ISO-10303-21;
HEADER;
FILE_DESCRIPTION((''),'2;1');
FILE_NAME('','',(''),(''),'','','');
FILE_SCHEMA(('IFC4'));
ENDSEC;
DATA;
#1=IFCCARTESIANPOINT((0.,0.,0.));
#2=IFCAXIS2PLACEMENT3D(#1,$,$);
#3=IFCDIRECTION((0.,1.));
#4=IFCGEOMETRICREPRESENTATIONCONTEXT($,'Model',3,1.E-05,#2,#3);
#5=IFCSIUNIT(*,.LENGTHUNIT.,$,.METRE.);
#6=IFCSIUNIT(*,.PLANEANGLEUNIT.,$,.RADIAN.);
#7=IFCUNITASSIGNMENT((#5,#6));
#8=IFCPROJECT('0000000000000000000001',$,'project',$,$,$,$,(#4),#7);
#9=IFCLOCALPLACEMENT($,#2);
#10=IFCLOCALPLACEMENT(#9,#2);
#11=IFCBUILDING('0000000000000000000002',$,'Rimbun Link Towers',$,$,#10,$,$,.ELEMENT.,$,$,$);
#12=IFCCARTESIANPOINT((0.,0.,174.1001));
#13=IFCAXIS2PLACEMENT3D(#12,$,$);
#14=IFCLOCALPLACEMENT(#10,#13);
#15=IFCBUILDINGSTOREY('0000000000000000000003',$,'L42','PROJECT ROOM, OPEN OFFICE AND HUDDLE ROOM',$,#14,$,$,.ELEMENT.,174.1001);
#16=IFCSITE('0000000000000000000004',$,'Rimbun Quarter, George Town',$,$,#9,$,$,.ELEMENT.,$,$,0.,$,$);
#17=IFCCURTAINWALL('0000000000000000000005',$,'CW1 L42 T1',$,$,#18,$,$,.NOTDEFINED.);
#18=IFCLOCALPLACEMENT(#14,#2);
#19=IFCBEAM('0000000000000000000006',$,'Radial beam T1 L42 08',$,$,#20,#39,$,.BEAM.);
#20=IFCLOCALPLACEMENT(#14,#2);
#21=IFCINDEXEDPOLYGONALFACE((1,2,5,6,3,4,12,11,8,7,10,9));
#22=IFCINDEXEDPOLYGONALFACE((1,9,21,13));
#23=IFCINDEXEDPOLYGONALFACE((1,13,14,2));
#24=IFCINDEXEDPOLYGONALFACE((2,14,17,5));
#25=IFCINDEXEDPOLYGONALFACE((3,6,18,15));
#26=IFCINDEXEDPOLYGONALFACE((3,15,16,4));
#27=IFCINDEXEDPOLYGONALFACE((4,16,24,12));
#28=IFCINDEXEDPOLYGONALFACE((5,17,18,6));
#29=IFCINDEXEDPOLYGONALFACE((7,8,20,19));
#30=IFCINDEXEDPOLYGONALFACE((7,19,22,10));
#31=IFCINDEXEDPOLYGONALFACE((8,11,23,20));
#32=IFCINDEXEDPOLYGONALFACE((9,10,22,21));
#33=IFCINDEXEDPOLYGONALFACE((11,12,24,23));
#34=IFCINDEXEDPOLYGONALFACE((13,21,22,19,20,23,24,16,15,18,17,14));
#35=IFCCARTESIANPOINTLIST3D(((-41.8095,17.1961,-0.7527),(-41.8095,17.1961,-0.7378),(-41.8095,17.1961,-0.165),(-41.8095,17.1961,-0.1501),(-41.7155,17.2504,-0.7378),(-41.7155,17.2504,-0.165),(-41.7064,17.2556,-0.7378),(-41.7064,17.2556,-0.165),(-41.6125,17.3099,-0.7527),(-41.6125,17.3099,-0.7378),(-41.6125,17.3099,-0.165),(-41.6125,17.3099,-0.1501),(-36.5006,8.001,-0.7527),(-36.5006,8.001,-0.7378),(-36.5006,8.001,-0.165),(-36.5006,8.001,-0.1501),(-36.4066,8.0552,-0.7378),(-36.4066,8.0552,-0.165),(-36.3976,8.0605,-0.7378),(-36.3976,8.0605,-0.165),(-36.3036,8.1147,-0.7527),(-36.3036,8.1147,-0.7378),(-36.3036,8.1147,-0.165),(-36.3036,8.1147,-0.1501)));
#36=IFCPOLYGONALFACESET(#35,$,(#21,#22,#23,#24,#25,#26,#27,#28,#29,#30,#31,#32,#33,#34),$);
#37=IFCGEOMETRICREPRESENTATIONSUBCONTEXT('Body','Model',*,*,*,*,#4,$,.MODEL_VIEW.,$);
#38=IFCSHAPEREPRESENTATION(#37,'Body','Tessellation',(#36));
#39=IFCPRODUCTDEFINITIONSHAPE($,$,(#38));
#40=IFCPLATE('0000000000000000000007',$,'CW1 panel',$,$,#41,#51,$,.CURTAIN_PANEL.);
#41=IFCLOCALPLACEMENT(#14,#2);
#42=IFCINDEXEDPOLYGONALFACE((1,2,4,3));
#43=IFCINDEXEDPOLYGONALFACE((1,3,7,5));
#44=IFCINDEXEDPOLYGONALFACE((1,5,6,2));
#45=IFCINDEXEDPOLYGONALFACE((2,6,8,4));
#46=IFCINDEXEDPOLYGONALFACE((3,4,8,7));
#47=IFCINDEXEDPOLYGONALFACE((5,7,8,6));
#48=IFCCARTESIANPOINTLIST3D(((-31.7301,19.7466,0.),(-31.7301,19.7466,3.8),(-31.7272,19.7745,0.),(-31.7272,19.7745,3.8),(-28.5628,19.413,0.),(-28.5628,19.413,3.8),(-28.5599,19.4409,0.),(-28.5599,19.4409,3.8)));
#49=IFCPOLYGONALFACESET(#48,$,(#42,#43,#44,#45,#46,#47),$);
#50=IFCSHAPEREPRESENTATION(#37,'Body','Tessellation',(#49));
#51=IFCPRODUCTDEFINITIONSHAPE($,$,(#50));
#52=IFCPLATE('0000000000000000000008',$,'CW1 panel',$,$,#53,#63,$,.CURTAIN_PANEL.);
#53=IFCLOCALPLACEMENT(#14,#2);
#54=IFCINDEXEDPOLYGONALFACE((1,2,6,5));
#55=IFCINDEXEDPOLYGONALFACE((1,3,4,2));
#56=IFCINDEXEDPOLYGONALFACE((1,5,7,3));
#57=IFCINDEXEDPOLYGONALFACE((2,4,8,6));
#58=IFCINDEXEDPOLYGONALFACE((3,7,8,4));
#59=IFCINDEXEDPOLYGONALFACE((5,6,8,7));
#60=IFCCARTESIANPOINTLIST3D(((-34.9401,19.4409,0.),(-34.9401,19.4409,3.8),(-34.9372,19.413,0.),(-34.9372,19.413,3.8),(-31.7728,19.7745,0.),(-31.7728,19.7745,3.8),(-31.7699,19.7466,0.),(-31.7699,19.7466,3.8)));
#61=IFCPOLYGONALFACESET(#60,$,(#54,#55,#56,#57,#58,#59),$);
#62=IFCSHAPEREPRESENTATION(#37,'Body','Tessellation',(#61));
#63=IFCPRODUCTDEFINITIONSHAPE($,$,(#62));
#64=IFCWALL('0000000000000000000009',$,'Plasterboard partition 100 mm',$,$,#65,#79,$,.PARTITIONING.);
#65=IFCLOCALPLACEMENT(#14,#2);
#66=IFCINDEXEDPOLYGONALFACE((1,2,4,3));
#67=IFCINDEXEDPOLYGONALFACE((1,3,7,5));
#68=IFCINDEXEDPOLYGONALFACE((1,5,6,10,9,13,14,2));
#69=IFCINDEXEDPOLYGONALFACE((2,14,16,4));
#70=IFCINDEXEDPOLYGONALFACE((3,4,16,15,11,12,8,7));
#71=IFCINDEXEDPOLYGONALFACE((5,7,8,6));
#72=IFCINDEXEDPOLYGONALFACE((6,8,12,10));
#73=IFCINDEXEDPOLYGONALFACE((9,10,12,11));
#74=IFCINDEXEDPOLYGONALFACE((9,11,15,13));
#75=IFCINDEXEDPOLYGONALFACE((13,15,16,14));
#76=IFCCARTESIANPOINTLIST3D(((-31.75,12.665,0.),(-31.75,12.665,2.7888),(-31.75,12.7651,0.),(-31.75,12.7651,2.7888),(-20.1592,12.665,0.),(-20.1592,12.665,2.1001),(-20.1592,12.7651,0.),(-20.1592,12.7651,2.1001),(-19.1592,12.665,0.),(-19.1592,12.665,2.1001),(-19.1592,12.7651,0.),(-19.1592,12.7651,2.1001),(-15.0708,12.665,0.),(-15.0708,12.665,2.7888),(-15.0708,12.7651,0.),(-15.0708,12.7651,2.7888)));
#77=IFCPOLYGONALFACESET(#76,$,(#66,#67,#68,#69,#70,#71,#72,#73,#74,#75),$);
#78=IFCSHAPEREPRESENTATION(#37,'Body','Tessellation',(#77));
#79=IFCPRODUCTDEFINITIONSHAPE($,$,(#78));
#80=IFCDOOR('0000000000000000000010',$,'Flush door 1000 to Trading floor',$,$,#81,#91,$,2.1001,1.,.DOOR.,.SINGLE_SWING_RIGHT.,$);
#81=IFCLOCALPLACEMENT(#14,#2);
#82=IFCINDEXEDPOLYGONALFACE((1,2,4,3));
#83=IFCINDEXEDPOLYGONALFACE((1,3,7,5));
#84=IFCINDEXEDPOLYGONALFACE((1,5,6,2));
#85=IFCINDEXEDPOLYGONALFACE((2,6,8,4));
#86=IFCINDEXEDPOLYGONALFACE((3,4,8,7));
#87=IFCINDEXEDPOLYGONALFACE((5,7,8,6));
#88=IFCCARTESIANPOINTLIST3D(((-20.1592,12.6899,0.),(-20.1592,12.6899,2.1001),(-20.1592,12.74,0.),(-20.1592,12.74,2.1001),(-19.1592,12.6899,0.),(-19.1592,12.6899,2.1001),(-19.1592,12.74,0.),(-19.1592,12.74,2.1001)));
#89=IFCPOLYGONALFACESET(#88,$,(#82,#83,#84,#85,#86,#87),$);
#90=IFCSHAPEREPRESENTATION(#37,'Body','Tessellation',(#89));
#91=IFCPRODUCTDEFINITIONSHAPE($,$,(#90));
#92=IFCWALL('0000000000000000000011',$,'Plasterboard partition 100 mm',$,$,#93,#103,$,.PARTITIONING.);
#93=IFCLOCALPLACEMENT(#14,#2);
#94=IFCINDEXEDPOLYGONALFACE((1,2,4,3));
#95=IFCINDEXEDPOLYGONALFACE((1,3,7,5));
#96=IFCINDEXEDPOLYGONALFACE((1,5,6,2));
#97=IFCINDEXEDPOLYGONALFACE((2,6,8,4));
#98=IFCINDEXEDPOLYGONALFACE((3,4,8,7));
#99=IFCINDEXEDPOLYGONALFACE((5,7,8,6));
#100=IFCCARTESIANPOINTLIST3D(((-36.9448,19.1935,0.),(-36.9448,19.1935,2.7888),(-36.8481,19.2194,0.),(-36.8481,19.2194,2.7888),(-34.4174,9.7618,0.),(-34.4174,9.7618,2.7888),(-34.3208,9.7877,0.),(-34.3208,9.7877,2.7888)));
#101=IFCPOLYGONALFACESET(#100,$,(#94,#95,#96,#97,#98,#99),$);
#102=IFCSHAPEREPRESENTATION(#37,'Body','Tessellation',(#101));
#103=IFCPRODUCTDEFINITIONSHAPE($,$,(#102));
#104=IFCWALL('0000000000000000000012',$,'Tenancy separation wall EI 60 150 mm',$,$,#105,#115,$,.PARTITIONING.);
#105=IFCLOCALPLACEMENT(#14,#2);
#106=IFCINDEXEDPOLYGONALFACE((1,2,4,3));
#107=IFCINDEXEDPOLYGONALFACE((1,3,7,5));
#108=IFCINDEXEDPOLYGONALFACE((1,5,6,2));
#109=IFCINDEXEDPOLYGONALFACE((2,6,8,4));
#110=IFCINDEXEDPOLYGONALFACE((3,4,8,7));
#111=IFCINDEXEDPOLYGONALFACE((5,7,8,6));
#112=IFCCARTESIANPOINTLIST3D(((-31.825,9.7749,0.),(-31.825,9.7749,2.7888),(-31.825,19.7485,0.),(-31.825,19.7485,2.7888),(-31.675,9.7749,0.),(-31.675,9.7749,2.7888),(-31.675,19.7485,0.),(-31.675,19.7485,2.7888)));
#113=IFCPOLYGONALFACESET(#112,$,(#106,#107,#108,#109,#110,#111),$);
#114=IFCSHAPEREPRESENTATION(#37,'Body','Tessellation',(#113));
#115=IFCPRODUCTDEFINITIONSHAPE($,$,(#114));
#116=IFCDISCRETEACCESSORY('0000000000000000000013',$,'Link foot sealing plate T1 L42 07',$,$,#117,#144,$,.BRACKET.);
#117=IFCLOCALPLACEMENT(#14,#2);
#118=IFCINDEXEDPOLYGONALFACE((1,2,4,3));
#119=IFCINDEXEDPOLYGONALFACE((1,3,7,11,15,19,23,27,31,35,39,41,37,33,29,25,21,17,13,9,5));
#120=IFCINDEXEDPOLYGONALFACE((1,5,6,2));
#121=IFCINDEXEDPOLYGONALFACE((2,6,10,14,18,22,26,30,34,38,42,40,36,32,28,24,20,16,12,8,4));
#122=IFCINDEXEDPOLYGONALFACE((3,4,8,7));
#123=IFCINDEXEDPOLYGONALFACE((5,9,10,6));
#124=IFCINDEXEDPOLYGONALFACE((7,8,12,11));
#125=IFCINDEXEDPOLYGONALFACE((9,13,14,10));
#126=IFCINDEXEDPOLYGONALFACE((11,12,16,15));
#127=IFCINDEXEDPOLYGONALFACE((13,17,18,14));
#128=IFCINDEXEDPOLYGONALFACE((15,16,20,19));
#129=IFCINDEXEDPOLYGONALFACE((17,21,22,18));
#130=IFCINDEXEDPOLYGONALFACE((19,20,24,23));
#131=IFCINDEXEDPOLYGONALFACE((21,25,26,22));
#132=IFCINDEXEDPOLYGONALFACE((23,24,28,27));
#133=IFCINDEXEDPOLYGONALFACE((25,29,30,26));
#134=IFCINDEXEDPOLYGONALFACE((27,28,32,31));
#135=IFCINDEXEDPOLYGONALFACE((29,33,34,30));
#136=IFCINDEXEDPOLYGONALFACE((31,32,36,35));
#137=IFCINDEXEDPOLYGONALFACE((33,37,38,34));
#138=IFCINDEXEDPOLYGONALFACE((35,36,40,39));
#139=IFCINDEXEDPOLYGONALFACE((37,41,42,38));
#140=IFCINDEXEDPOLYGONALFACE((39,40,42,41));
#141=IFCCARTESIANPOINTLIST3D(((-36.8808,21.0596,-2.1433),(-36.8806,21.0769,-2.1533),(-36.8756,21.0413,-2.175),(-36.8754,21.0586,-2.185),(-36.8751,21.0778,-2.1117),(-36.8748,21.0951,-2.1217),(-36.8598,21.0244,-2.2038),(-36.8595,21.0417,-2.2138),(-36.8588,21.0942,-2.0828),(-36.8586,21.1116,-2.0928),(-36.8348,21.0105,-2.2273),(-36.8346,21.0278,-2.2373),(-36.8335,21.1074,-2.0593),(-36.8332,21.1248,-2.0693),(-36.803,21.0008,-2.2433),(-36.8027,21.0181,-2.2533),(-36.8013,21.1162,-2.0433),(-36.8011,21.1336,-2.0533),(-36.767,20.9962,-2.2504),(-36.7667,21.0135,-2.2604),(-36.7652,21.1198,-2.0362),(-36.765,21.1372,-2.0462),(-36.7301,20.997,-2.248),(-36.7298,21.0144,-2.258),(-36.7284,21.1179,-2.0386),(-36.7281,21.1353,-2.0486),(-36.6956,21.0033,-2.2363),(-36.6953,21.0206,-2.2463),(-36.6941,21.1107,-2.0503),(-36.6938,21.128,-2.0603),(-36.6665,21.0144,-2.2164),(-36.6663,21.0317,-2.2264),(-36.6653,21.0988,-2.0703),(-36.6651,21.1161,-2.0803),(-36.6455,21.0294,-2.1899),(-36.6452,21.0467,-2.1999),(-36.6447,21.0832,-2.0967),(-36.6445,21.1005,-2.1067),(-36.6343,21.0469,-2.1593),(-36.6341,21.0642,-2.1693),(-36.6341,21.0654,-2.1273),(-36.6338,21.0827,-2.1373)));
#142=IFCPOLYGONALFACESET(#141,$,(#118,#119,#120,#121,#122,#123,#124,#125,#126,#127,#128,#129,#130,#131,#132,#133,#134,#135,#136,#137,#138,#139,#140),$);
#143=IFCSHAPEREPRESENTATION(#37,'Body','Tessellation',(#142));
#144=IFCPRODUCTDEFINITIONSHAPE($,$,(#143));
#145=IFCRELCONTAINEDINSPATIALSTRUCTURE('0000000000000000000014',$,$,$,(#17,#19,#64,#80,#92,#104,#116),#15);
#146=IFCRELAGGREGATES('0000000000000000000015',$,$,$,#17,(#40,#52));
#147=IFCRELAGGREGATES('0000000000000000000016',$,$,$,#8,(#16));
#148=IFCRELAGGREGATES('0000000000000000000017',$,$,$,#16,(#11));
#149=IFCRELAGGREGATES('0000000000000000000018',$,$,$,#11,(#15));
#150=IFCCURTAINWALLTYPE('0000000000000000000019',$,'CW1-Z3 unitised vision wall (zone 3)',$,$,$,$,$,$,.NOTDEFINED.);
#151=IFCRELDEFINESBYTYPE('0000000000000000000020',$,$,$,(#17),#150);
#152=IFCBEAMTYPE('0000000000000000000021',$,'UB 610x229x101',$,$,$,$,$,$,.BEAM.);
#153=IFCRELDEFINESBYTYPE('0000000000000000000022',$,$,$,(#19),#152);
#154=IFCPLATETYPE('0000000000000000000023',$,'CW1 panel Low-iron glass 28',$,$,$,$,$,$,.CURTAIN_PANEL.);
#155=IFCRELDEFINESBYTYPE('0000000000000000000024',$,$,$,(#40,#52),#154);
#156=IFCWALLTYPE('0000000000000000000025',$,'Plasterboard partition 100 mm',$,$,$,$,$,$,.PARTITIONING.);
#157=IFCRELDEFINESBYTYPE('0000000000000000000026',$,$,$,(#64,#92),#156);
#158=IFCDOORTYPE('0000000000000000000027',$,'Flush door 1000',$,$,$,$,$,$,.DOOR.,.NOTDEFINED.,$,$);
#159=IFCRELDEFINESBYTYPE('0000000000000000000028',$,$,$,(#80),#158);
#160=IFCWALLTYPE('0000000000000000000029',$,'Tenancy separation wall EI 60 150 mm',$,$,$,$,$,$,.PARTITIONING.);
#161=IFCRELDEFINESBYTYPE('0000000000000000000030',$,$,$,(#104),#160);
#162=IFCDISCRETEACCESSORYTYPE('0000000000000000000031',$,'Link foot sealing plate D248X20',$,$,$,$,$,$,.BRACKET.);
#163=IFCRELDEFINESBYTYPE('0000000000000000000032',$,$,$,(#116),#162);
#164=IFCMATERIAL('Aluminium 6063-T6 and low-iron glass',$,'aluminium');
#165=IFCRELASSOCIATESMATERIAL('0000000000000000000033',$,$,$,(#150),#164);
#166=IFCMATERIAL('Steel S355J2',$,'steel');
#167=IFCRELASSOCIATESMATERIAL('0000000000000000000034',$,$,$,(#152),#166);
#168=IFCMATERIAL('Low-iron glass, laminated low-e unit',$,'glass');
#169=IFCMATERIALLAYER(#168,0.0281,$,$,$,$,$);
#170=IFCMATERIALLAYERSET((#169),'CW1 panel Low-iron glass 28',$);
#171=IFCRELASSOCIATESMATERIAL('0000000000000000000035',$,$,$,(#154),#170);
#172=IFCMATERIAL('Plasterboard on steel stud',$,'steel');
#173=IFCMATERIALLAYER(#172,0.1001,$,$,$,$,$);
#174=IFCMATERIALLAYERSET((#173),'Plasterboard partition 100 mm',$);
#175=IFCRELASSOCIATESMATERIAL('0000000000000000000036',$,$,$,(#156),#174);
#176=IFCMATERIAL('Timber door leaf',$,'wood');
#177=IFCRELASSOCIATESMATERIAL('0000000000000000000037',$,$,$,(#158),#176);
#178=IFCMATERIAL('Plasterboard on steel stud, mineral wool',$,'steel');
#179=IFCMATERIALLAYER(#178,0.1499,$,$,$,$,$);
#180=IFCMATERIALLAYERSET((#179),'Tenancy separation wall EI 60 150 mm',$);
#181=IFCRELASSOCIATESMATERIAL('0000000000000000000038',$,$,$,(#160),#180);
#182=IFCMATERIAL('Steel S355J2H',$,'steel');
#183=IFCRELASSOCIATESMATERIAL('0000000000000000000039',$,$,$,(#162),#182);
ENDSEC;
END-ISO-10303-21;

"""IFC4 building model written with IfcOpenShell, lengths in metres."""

from ifc_helpers import new_model, si_unit, direction, frame, frame_2d, origin, origin_2d, place, context, subcontext, project, spatial, rectangle, circle, i_section, extrude, material, layer, layer_set, material_profile, profile_set, type_object, element, fill, aggregate, save


model = new_model("IFC4")

# Units and contexts
model_context = context("Model", 3, precision=1e-05, world=origin(), true_north=direction((0.0, 1.0)))
body_context = subcontext(model_context, "Body", "Model", "MODEL_VIEW")
ifc_project = project(units=[si_unit("LENGTHUNIT", "METRE"), si_unit("PLANEANGLEUNIT", "RADIAN")], contexts=[model_context])

# Site, building, storey
site_placement = place(None, origin())
site = spatial("IfcSite", under=ifc_project, at=site_placement, Name="Rimbun Quarter, George Town", CompositionType="ELEMENT", RefElevation=0.0)
building_placement = place(site_placement, origin())
building = spatial("IfcBuilding", under=site, at=building_placement, Name="Rimbun Link Towers", CompositionType="ELEMENT")
storey_placement = place(building_placement, frame((0.0, 0.0, 174.1001)))
storey = spatial("IfcBuildingStorey", under=building, at=storey_placement, Name="L42", Description="PROJECT ROOM, OPEN OFFICE AND HUDDLE ROOM", CompositionType="ELEMENT", Elevation=174.1001)

# Curtain wall
ifc_material_1 = material(Name="Aluminium 6063-T6 and low-iron glass", Category="aluminium")
curtain_wall_type = type_object("IfcCurtainWallType", Name="CW1-Z3 unitised vision wall (zone 3)", PredefinedType="NOTDEFINED", material=ifc_material_1)
curtain_wall_placement = place(storey_placement, origin())
curtain_wall = element("IfcCurtainWall", 1, at=curtain_wall_placement, inside=storey, type_object=curtain_wall_type, Name="CW1 L42 T1", PredefinedType="NOTDEFINED")

# Beam
ifc_material_2 = material(Name="Steel S355J2", Category="steel")
ifc_material_profile_1 = material_profile(ifc_material_2, i_section(OverallWidth=0.2275, OverallDepth=0.6025, WebThickness=0.0105, FlangeThickness=0.0149, at=origin_2d()), Name="UB 610x229x101")
ifc_profile_set_1 = profile_set([ifc_material_profile_1], Name="Steel S355J2")
beam_type_1 = type_object("IfcBeamType", Name="UB 610x229x101", PredefinedType="BEAM", material=ifc_profile_set_1)
beam_1_placement = place(storey_placement, frame((-36.4021, 8.0579, -0.4514), z_axis=(-0.500004, 0.866023, 0.0), x_axis=(-0.866023, -0.500004, 0.0)))
element("IfcBeam", 2, at=beam_1_placement, inside=storey, type_object=beam_type_1, Name="Radial beam T1 L42 08", PredefinedType="BEAM", context=body_context, shape_type="SweptSolid", body=[
    extrude(i_section(OverallWidth=0.2275, OverallDepth=0.6025, WebThickness=0.0105, FlangeThickness=0.0149, at=origin_2d()), origin(), (0.0, 0.0, 1.0), 10.6177),
])

# Plates
ifc_material_3 = material(Name="Low-iron glass, laminated low-e unit", Category="glass")
ifc_layer_1 = layer(ifc_material_3, 0.0281)
ifc_layer_set_1 = layer_set([ifc_layer_1], Name="CW1 panel Low-iron glass 28")
plate_type = type_object("IfcPlateType", Name="CW1 panel Low-iron glass 28", PredefinedType="CURTAIN_PANEL", material=ifc_layer_set_1)
plate_1_placement = place(storey_placement, frame((-30.145, 19.5938, 0.0), z_axis=(0.0, 0.0, 1.0), x_axis=(0.9945, -0.104737, 0.0)))
plate_1 = element("IfcPlate", 3, at=plate_1_placement, type_object=plate_type, Name="CW1 panel", PredefinedType="CURTAIN_PANEL", context=body_context, shape_type="SweptSolid", body=[
    extrude(rectangle(XDim=3.1848, YDim=0.0281, at=origin_2d()), origin(), (0.0, 0.0, 1.0), 3.8),
])
plate_2_placement = place(storey_placement, frame((-33.355, 19.5938, 0.0), z_axis=(0.0, 0.0, 1.0), x_axis=(0.9945, 0.104737, 0.0)))
plate_2 = element("IfcPlate", 4, at=plate_2_placement, type_object=plate_type, Name="CW1 panel", PredefinedType="CURTAIN_PANEL", context=body_context, shape_type="SweptSolid", body=[
    extrude(rectangle(XDim=3.1848, YDim=0.0281, at=origin_2d()), origin(), (0.0, 0.0, 1.0), 3.8),
])
aggregate(curtain_wall, [plate_1, plate_2])

# Wall, opening, door
ifc_material_4 = material(Name="Plasterboard on steel stud", Category="steel")
ifc_layer_2 = layer(ifc_material_4, 0.1001)
ifc_layer_set_2 = layer_set([ifc_layer_2], Name="Plasterboard partition 100 mm")
wall_type_1 = type_object("IfcWallType", Name="Plasterboard partition 100 mm", PredefinedType="PARTITIONING", material=ifc_layer_set_2)
wall_1_placement = place(storey_placement, frame((-31.75, 12.7151, 0.0), z_axis=(0.0, 0.0, 1.0), x_axis=(1.0, 0.0, 0.0)))
wall_1 = element("IfcWall", 5, at=wall_1_placement, inside=storey, type_object=wall_type_1, Name="Plasterboard partition 100 mm", PredefinedType="PARTITIONING", context=body_context, shape_type="SweptSolid", body=[
    extrude(rectangle(XDim=16.6792, YDim=0.1001, at=frame_2d((8.3396, 0.0))), origin(), (0.0, 0.0, 1.0), 2.7888),
])
opening_placement = place(wall_1_placement, frame((11.5908, 0.0, 0.0)))
opening = element("IfcOpeningElement", 6, at=opening_placement, cuts=wall_1, PredefinedType="OPENING", context=body_context, shape_type="SweptSolid", body=[
    extrude(rectangle(XDim=1.0, YDim=2.1001, at=frame_2d((0.5, 1.05))), frame((0.0, 0.0601, 0.0), z_axis=(0.0, -1.0, 0.0), x_axis=(1.0, 0.0, 0.0)), (0.0, 0.0, 1.0), 0.1201),
])
ifc_material_5 = material(Name="Timber door leaf", Category="wood")
door_type = type_object("IfcDoorType", Name="Flush door 1000", OperationType="NOTDEFINED", PredefinedType="DOOR", material=ifc_material_5)
door_placement = place(opening_placement, origin())
door = element("IfcDoor", 7, at=door_placement, inside=storey, type_object=door_type, Name="Flush door 1000 to Trading floor", OperationType="SINGLE_SWING_RIGHT", OverallHeight=2.1001, OverallWidth=1.0, PredefinedType="DOOR", context=body_context, shape_type="SweptSolid", body=[
    extrude(rectangle(XDim=1.0, YDim=2.1001, at=frame_2d((0.5, 1.05))), frame((0.0, 0.0249, 0.0), z_axis=(0.0, -1.0, 0.0), x_axis=(1.0, 0.0, 0.0)), (0.0, 0.0, 1.0), 0.05),
])
fill(opening, door)

# Walls
wall_2_placement = place(storey_placement, frame((-36.8965, 19.2065, 0.0), z_axis=(0.0, 0.0, 1.0), x_axis=(0.258833, -0.965922, 0.0)))
element("IfcWall", 8, at=wall_2_placement, inside=storey, type_object=wall_type_1, Name="Plasterboard partition 100 mm", PredefinedType="PARTITIONING", context=body_context, shape_type="SweptSolid", body=[
    extrude(rectangle(XDim=9.7644, YDim=0.1001, at=frame_2d((4.8823, 0.0))), origin(), (0.0, 0.0, 1.0), 2.7888),
])
ifc_material_6 = material(Name="Plasterboard on steel stud, mineral wool", Category="steel")
ifc_layer_3 = layer(ifc_material_6, 0.1499)
ifc_layer_set_3 = layer_set([ifc_layer_3], Name="Tenancy separation wall EI 60 150 mm")
wall_type_2 = type_object("IfcWallType", Name="Tenancy separation wall EI 60 150 mm", PredefinedType="PARTITIONING", material=ifc_layer_set_3)
wall_3_placement = place(storey_placement, frame((-31.75, 9.7749, 0.0), z_axis=(0.0, 0.0, 1.0), x_axis=(0.0, 1.0, 0.0)))
element("IfcWall", 9, at=wall_3_placement, inside=storey, type_object=wall_type_2, Name="Tenancy separation wall EI 60 150 mm", PredefinedType="PARTITIONING", context=body_context, shape_type="SweptSolid", body=[
    extrude(rectangle(XDim=9.9736, YDim=0.1499, at=frame_2d((4.9868, 0.0))), origin(), (0.0, 0.0, 1.0), 2.7888),
])

# Discrete accessory
ifc_material_7 = material(Name="Steel S355J2H", Category="steel")
ifc_material_profile_2 = material_profile(ifc_material_7, circle(Radius=0.124, at=origin_2d()), Name="PL D248")
ifc_profile_set_2 = profile_set([ifc_material_profile_2], Name="Steel S355J2H")
discrete_accessory_type = type_object("IfcDiscreteAccessoryType", Name="Link foot sealing plate D248X20", PredefinedType="BRACKET", material=ifc_profile_set_2)
discrete_accessory_placement = place(storey_placement, frame((-36.7568, 21.0579, -2.1433), z_axis=(0.012196, 0.865918, -0.500037), x_axis=(-0.999901, 0.014083, 0.0)))
element("IfcDiscreteAccessory", 10, at=discrete_accessory_placement, inside=storey, type_object=discrete_accessory_type, Name="Link foot sealing plate T1 L42 07", PredefinedType="BRACKET", context=body_context, shape_type="SweptSolid", body=[
    extrude(circle(Radius=0.124, at=origin_2d()), origin(), (0.0, 0.0, 1.0), 0.02),
])

save(model, "model.ifc")
